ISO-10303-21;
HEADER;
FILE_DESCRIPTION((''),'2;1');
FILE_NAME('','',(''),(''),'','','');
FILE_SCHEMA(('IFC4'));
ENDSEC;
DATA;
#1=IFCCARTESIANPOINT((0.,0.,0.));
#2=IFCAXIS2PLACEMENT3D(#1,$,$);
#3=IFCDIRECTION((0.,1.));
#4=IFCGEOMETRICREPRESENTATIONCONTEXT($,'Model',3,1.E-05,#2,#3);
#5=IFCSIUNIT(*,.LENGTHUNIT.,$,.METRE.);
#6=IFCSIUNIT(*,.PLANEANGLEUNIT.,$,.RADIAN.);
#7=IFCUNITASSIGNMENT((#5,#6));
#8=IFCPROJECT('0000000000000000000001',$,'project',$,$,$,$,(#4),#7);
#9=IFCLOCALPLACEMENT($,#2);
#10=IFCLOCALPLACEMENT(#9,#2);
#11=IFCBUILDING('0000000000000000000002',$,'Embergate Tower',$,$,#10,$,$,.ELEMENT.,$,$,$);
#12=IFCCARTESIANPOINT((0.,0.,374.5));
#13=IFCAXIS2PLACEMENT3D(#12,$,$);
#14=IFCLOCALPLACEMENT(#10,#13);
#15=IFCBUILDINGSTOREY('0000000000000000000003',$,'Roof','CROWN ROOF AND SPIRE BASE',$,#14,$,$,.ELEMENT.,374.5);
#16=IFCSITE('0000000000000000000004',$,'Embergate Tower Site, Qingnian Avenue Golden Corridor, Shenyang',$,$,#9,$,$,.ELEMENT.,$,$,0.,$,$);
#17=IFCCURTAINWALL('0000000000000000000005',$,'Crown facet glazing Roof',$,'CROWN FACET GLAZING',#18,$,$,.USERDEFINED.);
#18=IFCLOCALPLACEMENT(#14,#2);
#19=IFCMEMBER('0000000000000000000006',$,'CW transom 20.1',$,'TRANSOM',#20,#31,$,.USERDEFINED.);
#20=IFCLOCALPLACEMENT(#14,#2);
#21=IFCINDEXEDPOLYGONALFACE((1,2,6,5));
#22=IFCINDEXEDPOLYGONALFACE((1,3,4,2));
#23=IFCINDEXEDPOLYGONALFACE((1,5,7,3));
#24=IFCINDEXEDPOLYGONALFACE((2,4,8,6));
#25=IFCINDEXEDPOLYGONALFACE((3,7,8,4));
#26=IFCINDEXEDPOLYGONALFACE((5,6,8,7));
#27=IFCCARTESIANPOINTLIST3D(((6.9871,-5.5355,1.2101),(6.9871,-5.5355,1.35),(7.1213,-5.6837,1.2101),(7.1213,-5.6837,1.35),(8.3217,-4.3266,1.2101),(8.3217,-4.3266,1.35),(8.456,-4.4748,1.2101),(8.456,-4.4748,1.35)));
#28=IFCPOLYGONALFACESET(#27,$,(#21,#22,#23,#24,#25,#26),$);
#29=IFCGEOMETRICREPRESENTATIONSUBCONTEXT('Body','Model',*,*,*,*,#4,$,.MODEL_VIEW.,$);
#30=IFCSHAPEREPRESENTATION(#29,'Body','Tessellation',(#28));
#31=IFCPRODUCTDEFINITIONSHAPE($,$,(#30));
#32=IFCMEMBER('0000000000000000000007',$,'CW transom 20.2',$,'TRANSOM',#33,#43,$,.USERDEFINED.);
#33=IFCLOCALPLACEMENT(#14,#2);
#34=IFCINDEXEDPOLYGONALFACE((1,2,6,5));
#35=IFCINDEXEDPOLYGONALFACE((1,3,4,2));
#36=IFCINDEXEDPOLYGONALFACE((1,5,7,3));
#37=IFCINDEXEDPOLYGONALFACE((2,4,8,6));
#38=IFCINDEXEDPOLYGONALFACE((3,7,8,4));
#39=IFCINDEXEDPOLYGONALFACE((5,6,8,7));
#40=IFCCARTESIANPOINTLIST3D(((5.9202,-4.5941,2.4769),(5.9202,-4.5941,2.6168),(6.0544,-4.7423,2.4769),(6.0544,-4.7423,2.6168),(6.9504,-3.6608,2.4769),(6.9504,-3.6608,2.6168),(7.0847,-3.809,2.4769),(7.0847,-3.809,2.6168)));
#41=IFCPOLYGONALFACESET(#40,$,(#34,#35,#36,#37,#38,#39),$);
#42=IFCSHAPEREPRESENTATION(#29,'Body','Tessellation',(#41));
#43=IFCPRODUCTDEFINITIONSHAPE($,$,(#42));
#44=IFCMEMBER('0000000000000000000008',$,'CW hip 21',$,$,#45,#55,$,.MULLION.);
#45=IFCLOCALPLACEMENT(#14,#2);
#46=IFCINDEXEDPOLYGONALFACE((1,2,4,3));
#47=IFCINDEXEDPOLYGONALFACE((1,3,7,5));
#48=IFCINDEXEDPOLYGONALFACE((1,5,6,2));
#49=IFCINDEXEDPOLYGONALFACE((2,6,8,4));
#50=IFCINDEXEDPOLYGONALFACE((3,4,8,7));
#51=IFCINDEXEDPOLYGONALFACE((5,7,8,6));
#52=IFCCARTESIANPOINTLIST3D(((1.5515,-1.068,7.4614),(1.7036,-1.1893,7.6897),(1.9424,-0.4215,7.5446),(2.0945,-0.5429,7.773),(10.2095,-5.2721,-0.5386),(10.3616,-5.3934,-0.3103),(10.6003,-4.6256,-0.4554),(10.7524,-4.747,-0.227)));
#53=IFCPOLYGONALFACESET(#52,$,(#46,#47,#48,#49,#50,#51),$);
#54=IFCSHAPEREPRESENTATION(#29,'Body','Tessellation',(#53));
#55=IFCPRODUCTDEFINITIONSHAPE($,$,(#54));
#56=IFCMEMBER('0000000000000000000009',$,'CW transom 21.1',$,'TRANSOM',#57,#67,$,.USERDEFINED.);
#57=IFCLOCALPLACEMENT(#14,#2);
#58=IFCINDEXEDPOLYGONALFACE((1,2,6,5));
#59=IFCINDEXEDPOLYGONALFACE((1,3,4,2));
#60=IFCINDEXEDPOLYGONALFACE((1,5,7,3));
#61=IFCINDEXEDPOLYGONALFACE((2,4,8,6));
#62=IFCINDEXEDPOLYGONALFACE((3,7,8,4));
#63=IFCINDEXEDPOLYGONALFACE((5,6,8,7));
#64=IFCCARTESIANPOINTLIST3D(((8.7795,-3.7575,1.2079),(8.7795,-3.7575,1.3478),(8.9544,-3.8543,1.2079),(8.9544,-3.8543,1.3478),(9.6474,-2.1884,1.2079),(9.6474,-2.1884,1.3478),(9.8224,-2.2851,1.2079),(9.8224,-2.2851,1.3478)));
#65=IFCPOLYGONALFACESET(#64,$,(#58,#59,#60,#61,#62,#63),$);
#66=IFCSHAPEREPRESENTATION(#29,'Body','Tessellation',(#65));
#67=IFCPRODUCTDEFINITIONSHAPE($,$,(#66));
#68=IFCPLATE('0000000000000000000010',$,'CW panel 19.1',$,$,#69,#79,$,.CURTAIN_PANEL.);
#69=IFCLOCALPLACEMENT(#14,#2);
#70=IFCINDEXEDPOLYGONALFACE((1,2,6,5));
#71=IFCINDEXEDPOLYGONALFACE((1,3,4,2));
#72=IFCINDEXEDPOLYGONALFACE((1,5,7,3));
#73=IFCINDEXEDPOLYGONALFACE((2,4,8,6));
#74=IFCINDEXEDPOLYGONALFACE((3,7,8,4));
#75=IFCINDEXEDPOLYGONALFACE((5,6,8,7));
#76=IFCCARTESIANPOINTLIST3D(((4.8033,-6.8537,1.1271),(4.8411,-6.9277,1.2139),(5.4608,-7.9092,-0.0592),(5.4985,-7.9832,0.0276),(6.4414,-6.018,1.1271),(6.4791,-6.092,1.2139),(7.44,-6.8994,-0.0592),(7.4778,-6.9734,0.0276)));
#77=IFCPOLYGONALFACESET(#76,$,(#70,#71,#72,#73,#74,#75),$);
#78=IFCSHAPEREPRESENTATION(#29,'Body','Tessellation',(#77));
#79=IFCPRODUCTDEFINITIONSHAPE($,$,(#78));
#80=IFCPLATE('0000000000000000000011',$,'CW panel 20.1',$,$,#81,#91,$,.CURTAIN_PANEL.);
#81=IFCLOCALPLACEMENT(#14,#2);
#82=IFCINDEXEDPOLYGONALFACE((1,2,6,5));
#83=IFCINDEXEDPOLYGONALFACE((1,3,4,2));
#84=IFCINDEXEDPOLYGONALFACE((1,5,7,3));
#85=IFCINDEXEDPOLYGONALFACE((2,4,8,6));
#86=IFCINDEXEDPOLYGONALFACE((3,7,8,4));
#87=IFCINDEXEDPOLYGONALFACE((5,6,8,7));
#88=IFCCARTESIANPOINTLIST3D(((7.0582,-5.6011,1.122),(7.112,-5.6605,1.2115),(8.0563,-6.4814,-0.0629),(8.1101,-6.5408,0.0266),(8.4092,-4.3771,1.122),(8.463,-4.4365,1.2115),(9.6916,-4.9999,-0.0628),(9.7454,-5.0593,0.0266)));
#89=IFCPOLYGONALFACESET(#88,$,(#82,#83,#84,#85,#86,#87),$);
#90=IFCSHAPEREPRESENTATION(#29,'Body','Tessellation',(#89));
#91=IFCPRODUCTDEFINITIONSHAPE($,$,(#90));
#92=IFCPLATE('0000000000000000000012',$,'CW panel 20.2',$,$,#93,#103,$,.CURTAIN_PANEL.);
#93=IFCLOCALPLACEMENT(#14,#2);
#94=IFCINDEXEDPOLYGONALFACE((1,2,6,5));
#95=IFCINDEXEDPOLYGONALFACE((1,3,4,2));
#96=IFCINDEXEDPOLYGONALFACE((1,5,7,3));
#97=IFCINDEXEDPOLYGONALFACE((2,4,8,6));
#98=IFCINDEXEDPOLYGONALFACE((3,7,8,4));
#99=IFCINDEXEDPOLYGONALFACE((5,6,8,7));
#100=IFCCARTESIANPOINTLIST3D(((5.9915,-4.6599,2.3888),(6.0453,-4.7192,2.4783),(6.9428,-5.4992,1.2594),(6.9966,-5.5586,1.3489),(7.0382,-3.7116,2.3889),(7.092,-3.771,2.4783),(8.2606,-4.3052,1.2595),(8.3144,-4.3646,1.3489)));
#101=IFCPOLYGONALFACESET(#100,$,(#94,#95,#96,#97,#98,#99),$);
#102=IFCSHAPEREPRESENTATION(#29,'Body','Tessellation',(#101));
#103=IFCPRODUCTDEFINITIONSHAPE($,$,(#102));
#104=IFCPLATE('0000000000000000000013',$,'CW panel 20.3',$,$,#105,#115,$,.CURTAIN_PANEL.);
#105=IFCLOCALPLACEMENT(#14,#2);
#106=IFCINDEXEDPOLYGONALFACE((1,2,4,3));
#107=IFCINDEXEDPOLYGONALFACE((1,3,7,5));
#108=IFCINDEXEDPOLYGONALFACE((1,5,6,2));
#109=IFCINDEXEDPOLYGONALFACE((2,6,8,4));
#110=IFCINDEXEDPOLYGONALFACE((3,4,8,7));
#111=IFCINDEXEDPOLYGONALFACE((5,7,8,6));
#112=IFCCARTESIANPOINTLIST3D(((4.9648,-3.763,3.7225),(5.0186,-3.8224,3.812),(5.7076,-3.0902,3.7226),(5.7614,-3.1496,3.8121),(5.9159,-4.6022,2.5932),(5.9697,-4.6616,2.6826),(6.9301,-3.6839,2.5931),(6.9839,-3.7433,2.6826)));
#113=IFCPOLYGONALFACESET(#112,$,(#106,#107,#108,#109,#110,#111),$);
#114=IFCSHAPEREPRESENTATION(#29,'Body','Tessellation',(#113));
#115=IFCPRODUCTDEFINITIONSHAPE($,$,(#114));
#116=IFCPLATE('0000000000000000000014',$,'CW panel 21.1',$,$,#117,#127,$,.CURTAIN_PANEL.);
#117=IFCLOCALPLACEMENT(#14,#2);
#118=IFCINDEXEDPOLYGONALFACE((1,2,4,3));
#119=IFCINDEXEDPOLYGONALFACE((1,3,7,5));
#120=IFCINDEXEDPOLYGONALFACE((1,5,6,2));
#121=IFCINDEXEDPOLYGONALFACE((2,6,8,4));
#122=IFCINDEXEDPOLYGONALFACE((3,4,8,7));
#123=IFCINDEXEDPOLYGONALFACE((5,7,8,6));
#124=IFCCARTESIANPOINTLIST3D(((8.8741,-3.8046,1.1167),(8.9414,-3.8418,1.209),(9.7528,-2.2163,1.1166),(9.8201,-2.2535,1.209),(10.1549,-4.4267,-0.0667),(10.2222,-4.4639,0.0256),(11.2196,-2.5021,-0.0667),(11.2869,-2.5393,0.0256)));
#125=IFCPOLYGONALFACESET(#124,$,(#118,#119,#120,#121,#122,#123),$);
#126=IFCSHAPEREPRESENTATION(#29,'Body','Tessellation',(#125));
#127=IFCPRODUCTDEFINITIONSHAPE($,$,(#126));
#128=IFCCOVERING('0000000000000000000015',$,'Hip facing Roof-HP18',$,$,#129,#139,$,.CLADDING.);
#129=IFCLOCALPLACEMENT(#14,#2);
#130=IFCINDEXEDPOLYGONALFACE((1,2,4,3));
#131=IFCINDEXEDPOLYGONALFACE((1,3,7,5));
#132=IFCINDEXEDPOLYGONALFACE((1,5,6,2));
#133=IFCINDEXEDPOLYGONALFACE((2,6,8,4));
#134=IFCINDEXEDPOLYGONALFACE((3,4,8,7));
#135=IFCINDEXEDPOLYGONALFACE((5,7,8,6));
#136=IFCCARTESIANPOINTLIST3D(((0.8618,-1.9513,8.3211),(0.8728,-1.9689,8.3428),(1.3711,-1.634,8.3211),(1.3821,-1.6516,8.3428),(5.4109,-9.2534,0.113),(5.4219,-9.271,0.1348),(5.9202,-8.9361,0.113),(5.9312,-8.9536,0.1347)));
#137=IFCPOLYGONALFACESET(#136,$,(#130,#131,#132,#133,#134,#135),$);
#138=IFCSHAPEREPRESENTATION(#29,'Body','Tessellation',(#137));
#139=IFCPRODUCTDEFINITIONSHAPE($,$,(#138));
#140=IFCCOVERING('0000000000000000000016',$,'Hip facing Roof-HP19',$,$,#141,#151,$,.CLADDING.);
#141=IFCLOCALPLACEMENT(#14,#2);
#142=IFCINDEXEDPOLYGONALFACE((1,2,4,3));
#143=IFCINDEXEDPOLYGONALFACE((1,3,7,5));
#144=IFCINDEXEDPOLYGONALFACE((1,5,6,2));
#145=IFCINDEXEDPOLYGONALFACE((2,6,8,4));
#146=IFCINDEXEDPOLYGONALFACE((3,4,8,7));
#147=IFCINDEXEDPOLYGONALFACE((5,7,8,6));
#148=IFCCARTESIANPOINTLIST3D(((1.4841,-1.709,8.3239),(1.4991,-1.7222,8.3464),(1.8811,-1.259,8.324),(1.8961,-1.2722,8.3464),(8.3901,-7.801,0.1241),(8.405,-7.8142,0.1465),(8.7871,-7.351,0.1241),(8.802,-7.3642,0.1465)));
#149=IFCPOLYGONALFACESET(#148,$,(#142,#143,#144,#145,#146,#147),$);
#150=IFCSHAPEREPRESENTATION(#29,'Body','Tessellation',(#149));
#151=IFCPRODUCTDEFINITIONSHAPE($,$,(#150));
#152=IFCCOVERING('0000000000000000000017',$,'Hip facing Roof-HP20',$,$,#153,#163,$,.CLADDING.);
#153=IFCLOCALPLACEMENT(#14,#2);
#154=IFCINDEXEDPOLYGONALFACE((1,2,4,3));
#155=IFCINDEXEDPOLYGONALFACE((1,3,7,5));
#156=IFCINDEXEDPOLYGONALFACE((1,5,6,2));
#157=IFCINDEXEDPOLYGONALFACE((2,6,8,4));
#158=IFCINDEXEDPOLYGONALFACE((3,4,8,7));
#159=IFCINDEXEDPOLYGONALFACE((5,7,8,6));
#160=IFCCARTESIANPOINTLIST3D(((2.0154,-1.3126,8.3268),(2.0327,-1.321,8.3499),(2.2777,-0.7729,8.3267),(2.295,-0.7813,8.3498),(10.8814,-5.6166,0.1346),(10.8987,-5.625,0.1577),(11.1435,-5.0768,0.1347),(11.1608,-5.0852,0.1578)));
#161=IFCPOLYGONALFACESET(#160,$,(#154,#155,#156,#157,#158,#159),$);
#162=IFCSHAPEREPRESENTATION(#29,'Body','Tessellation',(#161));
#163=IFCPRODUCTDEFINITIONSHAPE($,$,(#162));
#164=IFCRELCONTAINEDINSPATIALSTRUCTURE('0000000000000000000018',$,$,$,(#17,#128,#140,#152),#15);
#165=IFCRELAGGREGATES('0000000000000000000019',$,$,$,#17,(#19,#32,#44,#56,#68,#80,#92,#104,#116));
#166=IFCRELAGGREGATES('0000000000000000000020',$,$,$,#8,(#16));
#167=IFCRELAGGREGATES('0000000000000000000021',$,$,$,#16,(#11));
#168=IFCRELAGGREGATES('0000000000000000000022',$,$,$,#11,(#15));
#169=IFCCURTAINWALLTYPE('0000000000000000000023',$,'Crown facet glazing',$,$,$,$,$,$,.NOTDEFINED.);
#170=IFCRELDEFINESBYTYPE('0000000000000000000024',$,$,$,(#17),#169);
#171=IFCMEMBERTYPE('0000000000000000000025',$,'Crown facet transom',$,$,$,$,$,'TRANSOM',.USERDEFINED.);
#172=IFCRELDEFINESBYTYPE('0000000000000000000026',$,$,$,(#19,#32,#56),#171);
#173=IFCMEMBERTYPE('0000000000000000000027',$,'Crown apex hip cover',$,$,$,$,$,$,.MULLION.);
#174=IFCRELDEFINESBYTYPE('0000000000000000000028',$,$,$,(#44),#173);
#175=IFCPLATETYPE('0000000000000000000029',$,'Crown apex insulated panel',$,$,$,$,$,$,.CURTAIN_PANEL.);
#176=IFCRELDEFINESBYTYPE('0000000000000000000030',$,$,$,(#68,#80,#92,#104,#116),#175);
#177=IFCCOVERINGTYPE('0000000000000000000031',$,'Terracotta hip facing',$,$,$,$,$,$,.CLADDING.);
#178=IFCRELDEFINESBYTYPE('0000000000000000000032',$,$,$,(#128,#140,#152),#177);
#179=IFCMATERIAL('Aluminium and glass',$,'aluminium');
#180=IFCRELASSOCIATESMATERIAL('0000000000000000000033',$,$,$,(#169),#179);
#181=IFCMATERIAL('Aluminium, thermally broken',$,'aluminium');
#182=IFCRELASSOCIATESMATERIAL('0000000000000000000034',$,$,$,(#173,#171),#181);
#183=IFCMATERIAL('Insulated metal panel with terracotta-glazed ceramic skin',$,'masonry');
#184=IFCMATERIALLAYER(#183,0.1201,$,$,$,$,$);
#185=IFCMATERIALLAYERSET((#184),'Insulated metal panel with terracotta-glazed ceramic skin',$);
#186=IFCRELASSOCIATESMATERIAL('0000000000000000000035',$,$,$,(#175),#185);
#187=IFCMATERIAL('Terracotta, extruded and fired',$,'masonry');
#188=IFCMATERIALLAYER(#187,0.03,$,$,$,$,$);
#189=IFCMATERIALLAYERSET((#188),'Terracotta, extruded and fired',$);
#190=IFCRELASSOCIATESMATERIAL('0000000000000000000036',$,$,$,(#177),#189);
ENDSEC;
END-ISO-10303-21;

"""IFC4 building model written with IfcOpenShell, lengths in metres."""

from ifc_helpers import new_model, si_unit, direction, frame, origin, origin_2d, place, context, subcontext, project, spatial, polyline, rectangle, outline, extrude, source, transform, mapped, material, layer, layer_set, material_profile, profile_set, type_object, element, aggregate, save


model = new_model("IFC4")

# Units and contexts
model_context = context("Model", 3, precision=1e-05, world=origin(), true_north=direction((0.0, 1.0)))
body_context = subcontext(model_context, "Body", "Model", "MODEL_VIEW")
ifc_project = project(units=[si_unit("LENGTHUNIT", "METRE"), si_unit("PLANEANGLEUNIT", "RADIAN")], contexts=[model_context])

# Site, building, storey
site_placement = place(None, origin())
site = spatial("IfcSite", under=ifc_project, at=site_placement, Name="Embergate Tower Site, Qingnian Avenue Golden Corridor, Shenyang", CompositionType="ELEMENT", RefElevation=0.0)
building_placement = place(site_placement, origin())
building = spatial("IfcBuilding", under=site, at=building_placement, Name="Embergate Tower", CompositionType="ELEMENT")
storey_placement = place(building_placement, frame((0.0, 0.0, 374.5)))
storey = spatial("IfcBuildingStorey", under=building, at=storey_placement, Name="Roof", Description="CROWN ROOF AND SPIRE BASE", CompositionType="ELEMENT", Elevation=374.5)

# Curtain wall, members, plates
ifc_material_1 = material(Name="Aluminium and glass", Category="aluminium")
curtain_wall_type = type_object("IfcCurtainWallType", Name="Crown facet glazing", PredefinedType="NOTDEFINED", material=ifc_material_1)
curtain_wall_placement = place(storey_placement, origin())
curtain_wall = element("IfcCurtainWall", 1, at=curtain_wall_placement, inside=storey, type_object=curtain_wall_type, Name="Crown facet glazing Roof", ObjectType="CROWN FACET GLAZING", PredefinedType="USERDEFINED")
ifc_material_2 = material(Name="Aluminium, thermally broken", Category="aluminium")
ifc_material_profile_1 = material_profile(ifc_material_2, rectangle(XDim=0.3, YDim=0.76, at=origin_2d()), Name="AL 760x300")
ifc_profile_set_1 = profile_set([ifc_material_profile_1], Name="Aluminium, thermally broken")
member_type_1 = type_object("IfcMemberType", Name="Crown apex hip cover", PredefinedType="MULLION", material=ifc_profile_set_1)
ifc_material_profile_2 = material_profile(ifc_material_2, rectangle(XDim=0.2, YDim=0.1399, at=origin_2d()), Name="AL 140x200")
ifc_profile_set_2 = profile_set([ifc_material_profile_2], Name="Aluminium, thermally broken")
member_type_2 = type_object("IfcMemberType", Name="Crown facet transom", ElementType="TRANSOM", PredefinedType="USERDEFINED", material=ifc_profile_set_2)
shared_shape_1 = source(origin(), body_context, "Body", "SweptSolid", [
    extrude(rectangle(XDim=0.2, YDim=0.1399, at=origin_2d()), origin(), (0.0, 0.0, 1.0), 1.8008),
])
member_1_placement = place(storey_placement, frame((7.0542, -5.6096, 1.28), z_axis=(0.741153, 0.671336, 0.0), x_axis=(-0.671336, 0.741153, 0.0)))
member_1 = element("IfcMember", 2, at=member_1_placement, type_object=member_type_2, Name="CW transom 20.1", ObjectType="TRANSOM", PredefinedType="USERDEFINED", context=body_context, shape_type="MappedRepresentation", body=[
    mapped(shared_shape_1, transform((0.0, 0.0, 0.0))),
])
shared_shape_2 = source(origin(), body_context, "Body", "SweptSolid", [
    extrude(rectangle(XDim=0.2, YDim=0.1399, at=origin_2d()), origin(), (0.0, 0.0, 1.0), 1.3901),
])
member_2_placement = place(storey_placement, frame((5.9873, -4.6682, 2.5469), z_axis=(0.741107, 0.671387, 0.0), x_axis=(-0.671387, 0.741107, 0.0)))
member_2 = element("IfcMember", 3, at=member_2_placement, type_object=member_type_2, Name="CW transom 20.2", ObjectType="TRANSOM", PredefinedType="USERDEFINED", context=body_context, shape_type="MappedRepresentation", body=[
    mapped(shared_shape_2, transform((0.0, 0.0, 0.0))),
])
shared_shape_3 = source(origin(), body_context, "Body", "SweptSolid", [
    extrude(rectangle(XDim=0.3, YDim=0.76, at=origin_2d()), origin(), (0.0, 0.0, 1.0), 12.5154),
])
member_3_placement = place(storey_placement, frame((10.481, -5.0095, -0.3828), z_axis=(-0.691786, 0.335915, 0.639214), x_axis=(0.506911, -0.404524, 0.761184)))
member_3 = element("IfcMember", 4, at=member_3_placement, type_object=member_type_1, Name="CW hip 21", PredefinedType="MULLION", context=body_context, shape_type="MappedRepresentation", body=[
    mapped(shared_shape_3, transform((0.0, 0.0, 0.0))),
])
shared_shape_4 = source(origin(), body_context, "Body", "SweptSolid", [
    extrude(rectangle(XDim=0.2, YDim=0.1399, at=origin_2d()), origin(), (0.0, 0.0, 1.0), 1.7932),
])
member_4_placement = place(storey_placement, frame((8.8669, -3.8059, 1.2778), z_axis=(0.484024, 0.875055, 0.0), x_axis=(-0.875055, 0.484024, 0.0)))
member_4 = element("IfcMember", 5, at=member_4_placement, type_object=member_type_2, Name="CW transom 21.1", ObjectType="TRANSOM", PredefinedType="USERDEFINED", context=body_context, shape_type="MappedRepresentation", body=[
    mapped(shared_shape_4, transform((0.0, 0.0, 0.0))),
])
ifc_material_3 = material(Name="Insulated metal panel with terracotta-glazed ceramic skin", Category="masonry")
ifc_layer_1 = layer(ifc_material_3, 0.1201)
ifc_layer_set_1 = layer_set([ifc_layer_1], Name="Insulated metal panel with terracotta-glazed ceramic skin")
plate_type = type_object("IfcPlateType", Name="Crown apex insulated panel", PredefinedType="CURTAIN_PANEL", material=ifc_layer_set_1)
shared_shape_5 = source(origin(), body_context, "Body", "SweptSolid", [
    extrude(outline(polyline([(0.0, 0.0), (2.2219, 0.0), (1.7329, 1.7153), (-0.106, 1.7153), (0.0, 0.0)])), origin(), (0.0, 0.0, -1.0), 0.1201),
])
plate_1_placement = place(storey_placement, frame((5.4985, -7.9832, 0.0276), z_axis=(0.314299, -0.616041, 0.722295), x_axis=(0.890769, 0.454456, -0.000006)))
plate_1 = element("IfcPlate", 6, at=plate_1_placement, type_object=plate_type, Name="CW panel 19.1", PredefinedType="CURTAIN_PANEL", context=body_context, shape_type="MappedRepresentation", body=[
    mapped(shared_shape_5, transform((0.0, 0.0, 0.0))),
])
shared_shape_6 = source(origin(), body_context, "Body", "SweptSolid", [
    extrude(outline(polyline([(0.0, 0.0), (2.2065, 0.0), (1.6743, 1.7756), (-0.1487, 1.7756), (0.0, 0.0)])), origin(), (0.0, 0.0, -1.0), 0.1201),
])
plate_2_placement = place(storey_placement, frame((8.1101, -6.5408, 0.0266), z_axis=(0.447996, -0.49453, 0.744808), x_axis=(0.741107, 0.671387, 0.000011)))
plate_2 = element("IfcPlate", 7, at=plate_2_placement, type_object=plate_type, Name="CW panel 20.1", PredefinedType="CURTAIN_PANEL", context=body_context, shape_type="MappedRepresentation", body=[
    mapped(shared_shape_6, transform((0.0, 0.0, 0.0))),
])
shared_shape_7 = source(origin(), body_context, "Body", "SweptSolid", [
    extrude(outline(polyline([(0.0, 0.0), (1.7783, 0.0), (1.271, 1.6926), (-0.1414, 1.6926), (0.0, 0.0)])), origin(), (0.0, 0.0, -1.0), 0.1201),
])
plate_3_placement = place(storey_placement, frame((6.9966, -5.5586, 1.3489), z_axis=(0.447993, -0.494502, 0.744829), x_axis=(0.741072, 0.671425, 0.000035)))
plate_3 = element("IfcPlate", 8, at=plate_3_placement, type_object=plate_type, Name="CW panel 20.2", PredefinedType="CURTAIN_PANEL", context=body_context, shape_type="MappedRepresentation", body=[
    mapped(shared_shape_7, transform((0.0, 0.0, 0.0))),
])
shared_shape_8 = source(origin(), body_context, "Body", "SweptSolid", [
    extrude(outline(polyline([(0.0, 0.0), (1.3682, 0.0), (0.8604, 1.6926), (-0.1418, 1.6924), (0.0, 0.0)])), origin(), (0.0, 0.0, -1.0), 0.1201),
])
plate_4_placement = place(storey_placement, frame((5.9697, -4.6616, 2.6826), z_axis=(0.447907, -0.494643, 0.744787), x_axis=(0.741283, 0.671193, -0.000034)))
plate_4 = element("IfcPlate", 9, at=plate_4_placement, type_object=plate_type, Name="CW panel 20.3", PredefinedType="CURTAIN_PANEL", context=body_context, shape_type="MappedRepresentation", body=[
    mapped(shared_shape_8, transform((0.0, 0.0, 0.0))),
])
shared_shape_9 = source(origin(), body_context, "Body", "SweptSolid", [
    extrude(outline(polyline([(0.0, 0.0), (2.1995, 0.0), (1.7395, 1.8499), (-0.0757, 1.8499), (0.0, 0.0)])), origin(), (0.0, 0.0, -1.0), 0.1201),
])
plate_5_placement = place(storey_placement, frame((10.2222, -4.4639, 0.0256), z_axis=(0.559754, -0.309656, 0.768628), x_axis=(0.484073, 0.875027, -0.000006)))
plate_5 = element("IfcPlate", 10, at=plate_5_placement, type_object=plate_type, Name="CW panel 21.1", PredefinedType="CURTAIN_PANEL", context=body_context, shape_type="MappedRepresentation", body=[
    mapped(shared_shape_9, transform((0.0, 0.0, 0.0))),
])
aggregate(curtain_wall, [member_1, member_2, member_3, member_4, plate_1, plate_2, plate_3, plate_4, plate_5])

# Coverings
ifc_material_4 = material(Name="Terracotta, extruded and fired", Category="masonry")
ifc_layer_2 = layer(ifc_material_4, 0.03)
ifc_layer_set_2 = layer_set([ifc_layer_2], Name="Terracotta, extruded and fired")
covering_type = type_object("IfcCoveringType", Name="Terracotta hip facing", PredefinedType="CLADDING", material=ifc_layer_set_2)
shared_shape_10 = source(origin(), body_context, "Body", "SweptSolid", [
    extrude(outline(polyline([(0.0, 0.0), (11.8906, 0.0), (11.8906, -0.6001), (0.0, -0.6001), (0.0, 0.0)])), origin(), (0.0, 0.0, -1.0), 0.03),
])
covering_1_placement = place(storey_placement, frame((5.4219, -9.271, 0.1348), z_axis=(0.3651, -0.585844, 0.723525), x_axis=(-0.382579, 0.614102, 0.690298)))
element("IfcCovering", 11, at=covering_1_placement, inside=storey, type_object=covering_type, Name="Hip facing Roof-HP18", PredefinedType="CLADDING", context=body_context, shape_type="MappedRepresentation", body=[
    mapped(shared_shape_10, transform((0.0, 0.0, 0.0))),
])
shared_shape_11 = source(origin(), body_context, "Body", "SweptSolid", [
    extrude(outline(polyline([(0.0, 0.0), (12.3306, 0.0), (12.3306, -0.6001), (0.0, -0.6001), (0.0, 0.0)])), origin(), (0.0, 0.0, -1.0), 0.03),
])
covering_2_placement = place(storey_placement, frame((8.405, -7.8142, 0.1465), z_axis=(0.49867, -0.439955, 0.746839), x_axis=(-0.560068, 0.494057, 0.665005)))
element("IfcCovering", 12, at=covering_2_placement, inside=storey, type_object=covering_type, Name="Hip facing Roof-HP19", PredefinedType="CLADDING", context=body_context, shape_type="MappedRepresentation", body=[
    mapped(shared_shape_11, transform((0.0, 0.0, 0.0))),
])
shared_shape_12 = source(origin(), body_context, "Body", "SweptSolid", [
    extrude(outline(polyline([(0.0, 0.0), (12.8157, 0.0), (12.8154, -0.6001), (0.0, -0.6001), (0.0, 0.0)])), origin(), (0.0, 0.0, -1.0), 0.03),
])
covering_3_placement = place(storey_placement, frame((10.8987, -5.625, 0.1577), z_axis=(0.574984, -0.2793, 0.769016), x_axis=(-0.691809, 0.335836, 0.63923)))
element("IfcCovering", 13, at=covering_3_placement, inside=storey, type_object=covering_type, Name="Hip facing Roof-HP20", PredefinedType="CLADDING", context=body_context, shape_type="MappedRepresentation", body=[
    mapped(shared_shape_12, transform((0.0, 0.0, 0.0))),
])

save(model, "model.ifc")
